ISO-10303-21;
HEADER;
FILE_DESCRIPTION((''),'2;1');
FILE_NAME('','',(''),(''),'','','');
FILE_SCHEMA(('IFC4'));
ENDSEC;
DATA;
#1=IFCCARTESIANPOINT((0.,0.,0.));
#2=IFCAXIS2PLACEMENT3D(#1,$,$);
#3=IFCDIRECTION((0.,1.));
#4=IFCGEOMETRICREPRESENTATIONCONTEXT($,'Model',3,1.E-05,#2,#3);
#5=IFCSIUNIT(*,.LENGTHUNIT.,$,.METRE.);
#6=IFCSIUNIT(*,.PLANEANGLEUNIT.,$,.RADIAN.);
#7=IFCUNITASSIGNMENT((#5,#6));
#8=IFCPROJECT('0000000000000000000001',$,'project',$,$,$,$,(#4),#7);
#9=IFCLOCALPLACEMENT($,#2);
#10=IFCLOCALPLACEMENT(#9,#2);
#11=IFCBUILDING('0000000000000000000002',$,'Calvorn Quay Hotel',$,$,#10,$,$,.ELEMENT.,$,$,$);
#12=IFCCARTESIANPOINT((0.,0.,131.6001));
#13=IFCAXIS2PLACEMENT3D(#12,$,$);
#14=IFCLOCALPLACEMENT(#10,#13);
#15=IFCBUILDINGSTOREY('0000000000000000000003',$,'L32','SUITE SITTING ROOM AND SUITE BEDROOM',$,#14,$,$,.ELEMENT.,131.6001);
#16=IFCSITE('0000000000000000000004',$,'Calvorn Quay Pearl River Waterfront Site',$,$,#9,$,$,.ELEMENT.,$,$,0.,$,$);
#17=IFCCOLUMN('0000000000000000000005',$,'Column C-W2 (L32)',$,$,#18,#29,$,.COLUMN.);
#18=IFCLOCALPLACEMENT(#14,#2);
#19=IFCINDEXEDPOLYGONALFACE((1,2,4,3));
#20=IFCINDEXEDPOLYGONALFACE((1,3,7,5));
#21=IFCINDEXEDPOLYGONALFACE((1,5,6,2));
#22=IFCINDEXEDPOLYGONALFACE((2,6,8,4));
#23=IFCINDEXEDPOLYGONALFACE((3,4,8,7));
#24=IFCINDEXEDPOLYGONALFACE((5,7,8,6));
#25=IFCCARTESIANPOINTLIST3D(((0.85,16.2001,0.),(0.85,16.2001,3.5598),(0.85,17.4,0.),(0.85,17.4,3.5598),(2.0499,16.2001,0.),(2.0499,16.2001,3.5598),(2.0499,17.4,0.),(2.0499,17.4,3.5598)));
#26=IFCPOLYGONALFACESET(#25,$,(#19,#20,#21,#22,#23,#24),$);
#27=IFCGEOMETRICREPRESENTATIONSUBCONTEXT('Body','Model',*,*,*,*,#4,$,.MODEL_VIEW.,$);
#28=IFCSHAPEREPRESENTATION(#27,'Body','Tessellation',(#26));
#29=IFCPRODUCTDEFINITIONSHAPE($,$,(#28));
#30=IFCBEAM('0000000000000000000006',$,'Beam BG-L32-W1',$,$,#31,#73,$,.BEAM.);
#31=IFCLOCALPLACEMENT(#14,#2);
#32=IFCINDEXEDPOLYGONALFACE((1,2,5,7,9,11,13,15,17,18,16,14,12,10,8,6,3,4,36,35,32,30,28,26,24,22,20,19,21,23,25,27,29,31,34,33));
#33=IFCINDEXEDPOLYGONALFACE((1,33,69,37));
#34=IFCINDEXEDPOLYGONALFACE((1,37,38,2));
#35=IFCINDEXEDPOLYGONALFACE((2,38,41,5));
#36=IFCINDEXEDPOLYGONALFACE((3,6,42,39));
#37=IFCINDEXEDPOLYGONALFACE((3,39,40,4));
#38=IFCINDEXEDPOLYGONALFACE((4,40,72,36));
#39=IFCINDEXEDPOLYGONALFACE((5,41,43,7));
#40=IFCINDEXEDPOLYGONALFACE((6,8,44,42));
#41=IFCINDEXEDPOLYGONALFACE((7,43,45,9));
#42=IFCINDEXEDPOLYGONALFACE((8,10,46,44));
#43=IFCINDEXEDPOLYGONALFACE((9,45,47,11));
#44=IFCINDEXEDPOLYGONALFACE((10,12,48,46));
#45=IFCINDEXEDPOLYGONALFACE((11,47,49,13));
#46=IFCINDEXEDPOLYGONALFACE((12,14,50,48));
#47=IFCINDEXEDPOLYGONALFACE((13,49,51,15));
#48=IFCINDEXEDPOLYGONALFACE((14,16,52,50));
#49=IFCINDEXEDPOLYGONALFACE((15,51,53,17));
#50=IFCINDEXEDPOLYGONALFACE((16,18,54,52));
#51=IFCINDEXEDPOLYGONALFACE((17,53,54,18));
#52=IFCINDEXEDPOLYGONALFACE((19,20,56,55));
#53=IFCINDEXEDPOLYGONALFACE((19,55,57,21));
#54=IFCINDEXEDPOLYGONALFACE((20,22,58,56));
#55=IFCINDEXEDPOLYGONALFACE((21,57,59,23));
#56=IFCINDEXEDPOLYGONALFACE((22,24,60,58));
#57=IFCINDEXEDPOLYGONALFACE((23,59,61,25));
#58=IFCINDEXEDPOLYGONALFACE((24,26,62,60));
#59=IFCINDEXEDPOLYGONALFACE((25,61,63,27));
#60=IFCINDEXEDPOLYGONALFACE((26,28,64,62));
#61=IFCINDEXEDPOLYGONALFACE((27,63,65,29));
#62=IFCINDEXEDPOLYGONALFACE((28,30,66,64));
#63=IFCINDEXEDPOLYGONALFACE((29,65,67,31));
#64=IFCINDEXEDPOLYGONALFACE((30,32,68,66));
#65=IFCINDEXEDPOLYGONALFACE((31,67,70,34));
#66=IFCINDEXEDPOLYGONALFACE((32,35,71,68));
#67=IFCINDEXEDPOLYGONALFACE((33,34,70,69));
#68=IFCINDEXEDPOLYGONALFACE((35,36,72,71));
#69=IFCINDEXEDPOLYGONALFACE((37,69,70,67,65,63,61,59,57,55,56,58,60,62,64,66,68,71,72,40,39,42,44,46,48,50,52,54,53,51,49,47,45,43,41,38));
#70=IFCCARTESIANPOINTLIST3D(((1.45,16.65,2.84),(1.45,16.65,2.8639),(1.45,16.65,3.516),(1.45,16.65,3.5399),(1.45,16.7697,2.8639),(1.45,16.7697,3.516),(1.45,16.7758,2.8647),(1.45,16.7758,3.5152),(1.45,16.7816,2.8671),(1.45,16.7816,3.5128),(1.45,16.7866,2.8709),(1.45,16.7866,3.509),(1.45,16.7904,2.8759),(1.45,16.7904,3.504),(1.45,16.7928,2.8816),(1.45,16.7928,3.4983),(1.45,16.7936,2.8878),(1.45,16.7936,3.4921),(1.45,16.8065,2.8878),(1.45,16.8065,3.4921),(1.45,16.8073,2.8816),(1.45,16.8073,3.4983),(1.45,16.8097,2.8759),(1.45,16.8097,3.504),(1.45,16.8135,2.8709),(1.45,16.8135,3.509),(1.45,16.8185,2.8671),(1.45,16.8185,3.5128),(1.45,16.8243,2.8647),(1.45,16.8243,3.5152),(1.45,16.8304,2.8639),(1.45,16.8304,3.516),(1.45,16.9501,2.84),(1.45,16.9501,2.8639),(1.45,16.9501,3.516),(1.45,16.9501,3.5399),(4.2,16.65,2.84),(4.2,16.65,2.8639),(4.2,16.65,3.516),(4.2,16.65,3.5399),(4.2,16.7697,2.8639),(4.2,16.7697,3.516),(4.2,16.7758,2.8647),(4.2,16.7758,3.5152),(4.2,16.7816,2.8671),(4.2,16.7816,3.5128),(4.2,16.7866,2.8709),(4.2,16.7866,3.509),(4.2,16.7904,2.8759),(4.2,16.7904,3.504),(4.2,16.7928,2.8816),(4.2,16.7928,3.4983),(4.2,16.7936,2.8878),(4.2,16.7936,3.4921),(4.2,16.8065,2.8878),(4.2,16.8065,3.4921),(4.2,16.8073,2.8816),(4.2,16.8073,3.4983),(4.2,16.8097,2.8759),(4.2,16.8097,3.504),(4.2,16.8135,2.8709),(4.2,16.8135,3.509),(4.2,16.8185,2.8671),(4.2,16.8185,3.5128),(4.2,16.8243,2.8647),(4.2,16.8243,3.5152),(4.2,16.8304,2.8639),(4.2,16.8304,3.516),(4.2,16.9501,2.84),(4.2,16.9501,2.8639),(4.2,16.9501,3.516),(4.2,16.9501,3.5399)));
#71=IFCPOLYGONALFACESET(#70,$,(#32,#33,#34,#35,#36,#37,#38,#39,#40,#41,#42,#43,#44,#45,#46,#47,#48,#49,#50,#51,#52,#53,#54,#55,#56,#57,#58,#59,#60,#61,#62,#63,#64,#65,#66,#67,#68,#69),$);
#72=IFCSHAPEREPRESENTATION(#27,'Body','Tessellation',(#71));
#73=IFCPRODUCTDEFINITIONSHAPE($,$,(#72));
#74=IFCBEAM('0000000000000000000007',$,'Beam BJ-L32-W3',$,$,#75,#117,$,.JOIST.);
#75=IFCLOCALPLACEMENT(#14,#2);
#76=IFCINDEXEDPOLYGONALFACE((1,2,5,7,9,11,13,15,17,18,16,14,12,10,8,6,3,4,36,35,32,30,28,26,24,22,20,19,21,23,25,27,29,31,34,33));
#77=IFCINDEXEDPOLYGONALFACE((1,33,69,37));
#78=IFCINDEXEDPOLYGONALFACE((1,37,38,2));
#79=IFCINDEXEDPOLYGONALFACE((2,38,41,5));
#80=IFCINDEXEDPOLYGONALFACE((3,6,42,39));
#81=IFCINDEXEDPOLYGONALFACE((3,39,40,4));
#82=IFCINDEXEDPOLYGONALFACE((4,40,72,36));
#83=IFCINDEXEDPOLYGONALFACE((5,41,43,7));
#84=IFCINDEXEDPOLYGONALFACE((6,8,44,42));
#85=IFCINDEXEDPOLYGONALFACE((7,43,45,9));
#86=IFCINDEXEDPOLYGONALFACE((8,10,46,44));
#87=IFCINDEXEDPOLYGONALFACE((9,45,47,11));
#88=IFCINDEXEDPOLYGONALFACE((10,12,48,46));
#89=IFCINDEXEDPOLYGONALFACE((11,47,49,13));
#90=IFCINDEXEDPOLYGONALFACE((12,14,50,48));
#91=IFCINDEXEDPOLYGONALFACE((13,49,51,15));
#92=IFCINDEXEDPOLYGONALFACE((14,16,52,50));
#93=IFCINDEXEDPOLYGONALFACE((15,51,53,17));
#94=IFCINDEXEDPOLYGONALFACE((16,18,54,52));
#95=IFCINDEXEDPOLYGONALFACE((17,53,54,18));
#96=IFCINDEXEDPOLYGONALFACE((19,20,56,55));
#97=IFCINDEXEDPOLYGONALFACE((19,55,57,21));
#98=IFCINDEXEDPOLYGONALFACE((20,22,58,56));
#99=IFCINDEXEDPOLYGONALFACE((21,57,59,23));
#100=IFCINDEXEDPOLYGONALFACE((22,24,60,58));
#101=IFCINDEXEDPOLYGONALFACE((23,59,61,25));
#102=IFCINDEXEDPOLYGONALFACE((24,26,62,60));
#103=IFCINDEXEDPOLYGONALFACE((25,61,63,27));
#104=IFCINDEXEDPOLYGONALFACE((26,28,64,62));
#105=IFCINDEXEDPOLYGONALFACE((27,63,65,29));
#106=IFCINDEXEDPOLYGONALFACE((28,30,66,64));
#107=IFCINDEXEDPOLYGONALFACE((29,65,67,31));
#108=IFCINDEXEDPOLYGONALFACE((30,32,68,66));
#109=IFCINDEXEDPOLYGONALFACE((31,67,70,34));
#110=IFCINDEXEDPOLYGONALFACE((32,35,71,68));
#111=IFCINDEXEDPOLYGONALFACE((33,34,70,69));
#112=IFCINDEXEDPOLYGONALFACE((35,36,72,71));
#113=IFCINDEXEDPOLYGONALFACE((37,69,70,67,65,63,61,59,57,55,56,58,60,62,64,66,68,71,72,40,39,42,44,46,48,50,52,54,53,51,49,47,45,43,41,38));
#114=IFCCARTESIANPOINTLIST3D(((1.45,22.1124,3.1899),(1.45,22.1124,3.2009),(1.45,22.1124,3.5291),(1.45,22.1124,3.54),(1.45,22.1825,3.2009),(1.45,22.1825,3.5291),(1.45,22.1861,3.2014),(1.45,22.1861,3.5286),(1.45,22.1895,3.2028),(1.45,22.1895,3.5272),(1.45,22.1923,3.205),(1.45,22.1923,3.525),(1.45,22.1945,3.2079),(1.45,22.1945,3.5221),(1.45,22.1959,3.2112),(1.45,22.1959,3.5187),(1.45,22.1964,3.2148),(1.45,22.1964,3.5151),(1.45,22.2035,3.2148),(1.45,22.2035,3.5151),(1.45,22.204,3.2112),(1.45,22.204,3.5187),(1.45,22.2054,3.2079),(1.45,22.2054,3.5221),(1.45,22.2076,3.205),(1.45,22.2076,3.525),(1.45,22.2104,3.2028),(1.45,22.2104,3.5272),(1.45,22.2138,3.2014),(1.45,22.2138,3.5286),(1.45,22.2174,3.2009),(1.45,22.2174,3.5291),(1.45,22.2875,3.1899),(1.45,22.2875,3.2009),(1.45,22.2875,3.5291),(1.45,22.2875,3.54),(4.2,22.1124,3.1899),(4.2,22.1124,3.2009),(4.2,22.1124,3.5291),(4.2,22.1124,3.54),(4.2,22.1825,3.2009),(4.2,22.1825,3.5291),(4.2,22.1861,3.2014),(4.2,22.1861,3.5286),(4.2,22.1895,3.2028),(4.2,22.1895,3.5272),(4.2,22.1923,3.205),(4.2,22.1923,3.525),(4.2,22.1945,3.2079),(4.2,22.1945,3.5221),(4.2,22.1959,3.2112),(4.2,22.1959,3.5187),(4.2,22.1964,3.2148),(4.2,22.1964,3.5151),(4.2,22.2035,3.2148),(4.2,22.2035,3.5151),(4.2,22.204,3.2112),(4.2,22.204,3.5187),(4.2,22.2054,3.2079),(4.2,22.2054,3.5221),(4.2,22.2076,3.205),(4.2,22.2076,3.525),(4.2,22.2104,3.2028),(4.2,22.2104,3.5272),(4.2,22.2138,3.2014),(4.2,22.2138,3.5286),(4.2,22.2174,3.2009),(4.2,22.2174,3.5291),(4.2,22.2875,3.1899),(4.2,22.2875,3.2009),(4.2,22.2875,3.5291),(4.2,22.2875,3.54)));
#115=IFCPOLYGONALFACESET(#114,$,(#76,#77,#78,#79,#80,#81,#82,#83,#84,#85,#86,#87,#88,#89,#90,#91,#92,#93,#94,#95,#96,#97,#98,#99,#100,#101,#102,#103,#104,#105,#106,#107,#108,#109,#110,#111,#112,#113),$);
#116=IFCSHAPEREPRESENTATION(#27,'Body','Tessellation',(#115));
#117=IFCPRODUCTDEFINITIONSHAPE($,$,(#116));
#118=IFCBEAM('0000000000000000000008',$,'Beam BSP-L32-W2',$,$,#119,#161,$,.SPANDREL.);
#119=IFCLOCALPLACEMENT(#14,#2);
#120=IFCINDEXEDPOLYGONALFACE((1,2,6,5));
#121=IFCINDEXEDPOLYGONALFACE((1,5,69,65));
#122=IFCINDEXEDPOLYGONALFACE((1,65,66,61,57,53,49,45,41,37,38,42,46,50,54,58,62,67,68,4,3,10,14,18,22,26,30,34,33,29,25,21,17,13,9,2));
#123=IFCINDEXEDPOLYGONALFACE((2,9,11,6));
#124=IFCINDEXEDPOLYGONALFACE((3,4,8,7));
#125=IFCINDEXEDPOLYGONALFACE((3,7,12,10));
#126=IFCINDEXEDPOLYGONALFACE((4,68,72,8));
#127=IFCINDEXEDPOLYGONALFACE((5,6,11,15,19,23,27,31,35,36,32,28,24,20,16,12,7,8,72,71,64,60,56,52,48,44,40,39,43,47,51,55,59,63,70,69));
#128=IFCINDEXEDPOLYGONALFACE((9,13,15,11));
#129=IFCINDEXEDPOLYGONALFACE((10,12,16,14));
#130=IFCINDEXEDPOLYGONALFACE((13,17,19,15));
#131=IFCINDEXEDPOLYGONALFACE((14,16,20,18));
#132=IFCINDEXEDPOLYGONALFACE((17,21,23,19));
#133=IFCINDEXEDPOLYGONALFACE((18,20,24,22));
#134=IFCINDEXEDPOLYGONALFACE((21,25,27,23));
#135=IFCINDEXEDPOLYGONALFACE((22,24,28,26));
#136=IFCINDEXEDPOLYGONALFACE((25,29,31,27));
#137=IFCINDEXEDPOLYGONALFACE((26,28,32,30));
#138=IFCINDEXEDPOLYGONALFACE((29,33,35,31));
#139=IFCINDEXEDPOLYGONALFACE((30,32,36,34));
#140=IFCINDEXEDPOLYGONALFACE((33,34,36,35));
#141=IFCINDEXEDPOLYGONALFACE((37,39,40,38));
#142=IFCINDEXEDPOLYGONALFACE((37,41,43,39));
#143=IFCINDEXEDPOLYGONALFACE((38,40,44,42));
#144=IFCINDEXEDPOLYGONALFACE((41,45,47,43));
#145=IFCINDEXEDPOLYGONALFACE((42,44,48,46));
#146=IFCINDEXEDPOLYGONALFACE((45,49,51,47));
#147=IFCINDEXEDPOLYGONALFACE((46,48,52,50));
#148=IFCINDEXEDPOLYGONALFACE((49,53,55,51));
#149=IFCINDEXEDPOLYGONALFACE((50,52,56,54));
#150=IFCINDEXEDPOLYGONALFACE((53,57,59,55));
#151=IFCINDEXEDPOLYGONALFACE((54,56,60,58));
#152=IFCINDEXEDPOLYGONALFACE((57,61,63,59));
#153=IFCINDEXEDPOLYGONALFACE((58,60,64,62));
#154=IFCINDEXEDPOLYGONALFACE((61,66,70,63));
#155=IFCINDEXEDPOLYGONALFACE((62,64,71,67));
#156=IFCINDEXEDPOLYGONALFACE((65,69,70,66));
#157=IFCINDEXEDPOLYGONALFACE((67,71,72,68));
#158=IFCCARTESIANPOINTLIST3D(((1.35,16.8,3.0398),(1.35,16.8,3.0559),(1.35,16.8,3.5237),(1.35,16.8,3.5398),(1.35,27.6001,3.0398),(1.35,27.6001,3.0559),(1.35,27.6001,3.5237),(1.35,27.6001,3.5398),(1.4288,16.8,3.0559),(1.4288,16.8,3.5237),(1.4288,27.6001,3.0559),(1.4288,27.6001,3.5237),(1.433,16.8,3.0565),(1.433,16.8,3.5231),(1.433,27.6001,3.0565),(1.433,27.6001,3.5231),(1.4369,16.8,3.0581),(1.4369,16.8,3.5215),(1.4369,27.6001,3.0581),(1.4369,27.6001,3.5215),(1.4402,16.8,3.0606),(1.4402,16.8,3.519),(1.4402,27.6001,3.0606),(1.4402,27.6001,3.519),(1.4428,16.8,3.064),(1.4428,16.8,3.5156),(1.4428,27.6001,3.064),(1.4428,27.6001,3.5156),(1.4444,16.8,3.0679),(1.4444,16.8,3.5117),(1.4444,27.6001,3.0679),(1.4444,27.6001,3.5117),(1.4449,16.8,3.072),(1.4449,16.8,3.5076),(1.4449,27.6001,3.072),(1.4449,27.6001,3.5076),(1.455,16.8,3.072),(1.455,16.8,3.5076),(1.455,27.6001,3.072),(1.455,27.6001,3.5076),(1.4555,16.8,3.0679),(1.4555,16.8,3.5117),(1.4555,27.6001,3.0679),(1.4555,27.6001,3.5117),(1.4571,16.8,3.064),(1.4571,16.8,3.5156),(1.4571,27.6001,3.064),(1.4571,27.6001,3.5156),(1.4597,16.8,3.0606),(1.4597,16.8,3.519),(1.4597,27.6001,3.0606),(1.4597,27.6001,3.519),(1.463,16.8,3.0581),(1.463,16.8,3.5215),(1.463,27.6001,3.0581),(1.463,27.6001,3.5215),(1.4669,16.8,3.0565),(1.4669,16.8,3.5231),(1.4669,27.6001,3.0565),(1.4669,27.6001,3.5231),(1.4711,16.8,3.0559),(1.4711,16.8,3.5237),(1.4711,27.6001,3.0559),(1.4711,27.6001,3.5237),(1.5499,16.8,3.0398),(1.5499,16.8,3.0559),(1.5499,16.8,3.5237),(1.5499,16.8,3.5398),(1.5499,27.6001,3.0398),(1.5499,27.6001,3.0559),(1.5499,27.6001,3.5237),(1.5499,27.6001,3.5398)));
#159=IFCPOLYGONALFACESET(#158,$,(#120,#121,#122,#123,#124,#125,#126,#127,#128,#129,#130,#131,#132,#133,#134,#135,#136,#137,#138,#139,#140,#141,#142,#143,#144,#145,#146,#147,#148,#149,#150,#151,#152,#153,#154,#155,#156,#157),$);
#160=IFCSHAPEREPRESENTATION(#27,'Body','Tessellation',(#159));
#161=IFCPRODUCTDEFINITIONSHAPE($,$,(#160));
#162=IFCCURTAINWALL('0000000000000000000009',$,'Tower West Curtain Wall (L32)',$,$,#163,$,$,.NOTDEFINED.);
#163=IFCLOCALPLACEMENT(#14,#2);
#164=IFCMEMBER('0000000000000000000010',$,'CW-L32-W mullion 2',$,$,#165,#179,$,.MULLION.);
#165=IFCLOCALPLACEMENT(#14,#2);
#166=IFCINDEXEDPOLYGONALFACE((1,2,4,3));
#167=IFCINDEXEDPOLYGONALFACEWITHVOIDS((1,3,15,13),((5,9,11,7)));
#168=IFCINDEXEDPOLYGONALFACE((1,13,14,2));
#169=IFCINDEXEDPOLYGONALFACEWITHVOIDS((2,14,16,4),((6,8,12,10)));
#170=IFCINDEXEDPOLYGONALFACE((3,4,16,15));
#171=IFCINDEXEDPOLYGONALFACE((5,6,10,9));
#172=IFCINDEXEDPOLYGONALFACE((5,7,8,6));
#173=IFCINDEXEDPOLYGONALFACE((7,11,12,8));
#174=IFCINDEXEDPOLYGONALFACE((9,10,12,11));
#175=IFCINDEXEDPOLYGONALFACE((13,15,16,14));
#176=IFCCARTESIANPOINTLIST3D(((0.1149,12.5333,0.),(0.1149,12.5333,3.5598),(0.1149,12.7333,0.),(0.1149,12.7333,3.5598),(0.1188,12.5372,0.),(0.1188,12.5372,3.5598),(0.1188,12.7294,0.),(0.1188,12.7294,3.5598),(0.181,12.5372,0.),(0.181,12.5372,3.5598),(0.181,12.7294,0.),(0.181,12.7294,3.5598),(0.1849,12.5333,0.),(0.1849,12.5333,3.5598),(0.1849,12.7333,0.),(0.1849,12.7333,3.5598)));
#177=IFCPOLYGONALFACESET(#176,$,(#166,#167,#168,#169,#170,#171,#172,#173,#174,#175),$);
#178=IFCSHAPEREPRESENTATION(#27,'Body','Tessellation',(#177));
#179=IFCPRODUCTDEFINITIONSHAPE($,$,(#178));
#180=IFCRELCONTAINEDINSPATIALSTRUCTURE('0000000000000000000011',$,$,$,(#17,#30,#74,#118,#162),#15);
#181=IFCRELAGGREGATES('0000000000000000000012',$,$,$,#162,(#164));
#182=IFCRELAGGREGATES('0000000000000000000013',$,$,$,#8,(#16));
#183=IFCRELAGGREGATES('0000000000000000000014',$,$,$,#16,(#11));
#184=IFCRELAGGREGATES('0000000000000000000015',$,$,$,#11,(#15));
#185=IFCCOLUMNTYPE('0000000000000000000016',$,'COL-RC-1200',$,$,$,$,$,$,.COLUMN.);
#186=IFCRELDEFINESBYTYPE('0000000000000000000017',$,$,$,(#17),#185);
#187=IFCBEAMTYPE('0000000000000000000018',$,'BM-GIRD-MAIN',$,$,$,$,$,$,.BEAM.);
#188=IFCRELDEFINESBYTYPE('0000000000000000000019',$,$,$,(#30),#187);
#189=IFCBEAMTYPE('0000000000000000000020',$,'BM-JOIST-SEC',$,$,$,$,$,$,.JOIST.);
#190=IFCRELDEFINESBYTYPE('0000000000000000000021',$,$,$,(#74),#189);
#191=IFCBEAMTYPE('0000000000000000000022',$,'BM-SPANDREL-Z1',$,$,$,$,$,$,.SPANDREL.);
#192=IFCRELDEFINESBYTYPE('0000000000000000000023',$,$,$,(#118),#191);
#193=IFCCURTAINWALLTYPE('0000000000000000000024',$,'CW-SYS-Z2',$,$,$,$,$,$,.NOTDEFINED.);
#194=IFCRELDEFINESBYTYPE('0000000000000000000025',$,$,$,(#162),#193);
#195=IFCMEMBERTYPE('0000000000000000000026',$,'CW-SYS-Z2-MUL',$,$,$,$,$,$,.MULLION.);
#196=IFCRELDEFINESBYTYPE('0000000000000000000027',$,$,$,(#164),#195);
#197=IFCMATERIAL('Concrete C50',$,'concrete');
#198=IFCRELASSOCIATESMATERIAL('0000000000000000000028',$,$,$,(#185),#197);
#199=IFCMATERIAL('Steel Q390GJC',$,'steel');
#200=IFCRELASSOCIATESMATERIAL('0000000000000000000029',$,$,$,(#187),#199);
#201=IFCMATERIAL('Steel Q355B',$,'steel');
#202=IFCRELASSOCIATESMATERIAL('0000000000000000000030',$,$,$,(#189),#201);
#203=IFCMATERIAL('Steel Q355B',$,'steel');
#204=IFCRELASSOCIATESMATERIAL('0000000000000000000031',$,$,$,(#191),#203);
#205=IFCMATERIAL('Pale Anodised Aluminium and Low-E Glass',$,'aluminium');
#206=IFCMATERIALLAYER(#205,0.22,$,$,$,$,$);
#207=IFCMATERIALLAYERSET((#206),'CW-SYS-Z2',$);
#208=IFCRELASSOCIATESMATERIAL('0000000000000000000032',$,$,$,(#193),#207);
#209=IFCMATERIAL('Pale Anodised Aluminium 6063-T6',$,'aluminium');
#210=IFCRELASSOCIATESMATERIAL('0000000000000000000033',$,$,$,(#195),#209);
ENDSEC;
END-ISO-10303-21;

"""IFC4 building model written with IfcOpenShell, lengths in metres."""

from ifc_helpers import new_model, si_unit, direction, frame, origin, origin_2d, place, context, subcontext, project, spatial, rectangle, hollow_rectangle, i_section, extrude, material, layer, layer_set, material_profile, profile_set, type_object, element, aggregate, save


model = new_model("IFC4")

# Units and contexts
model_context = context("Model", 3, precision=1e-05, world=origin(), true_north=direction((0.0, 1.0)))
body_context = subcontext(model_context, "Body", "Model", "MODEL_VIEW")
ifc_project = project(units=[si_unit("LENGTHUNIT", "METRE"), si_unit("PLANEANGLEUNIT", "RADIAN")], contexts=[model_context])

# Site, building, storey
site_placement = place(None, origin())
site = spatial("IfcSite", under=ifc_project, at=site_placement, Name="Calvorn Quay Pearl River Waterfront Site", CompositionType="ELEMENT", RefElevation=0.0)
building_placement = place(site_placement, origin())
building = spatial("IfcBuilding", under=site, at=building_placement, Name="Calvorn Quay Hotel", CompositionType="ELEMENT")
storey_placement = place(building_placement, frame((0.0, 0.0, 131.6001)))
storey = spatial("IfcBuildingStorey", under=building, at=storey_placement, Name="L32", Description="SUITE SITTING ROOM AND SUITE BEDROOM", CompositionType="ELEMENT", Elevation=131.6001)

# Column
ifc_material_1 = material(Name="Concrete C50", Category="concrete")
ifc_material_profile_1 = material_profile(ifc_material_1, rectangle(XDim=1.2, YDim=1.2, at=origin_2d()), Name="RC1200x1200")
ifc_profile_set_1 = profile_set([ifc_material_profile_1], Name="Concrete C50")
column_type = type_object("IfcColumnType", Name="COL-RC-1200", PredefinedType="COLUMN", material=ifc_profile_set_1)
column_placement = place(storey_placement, frame((1.45, 16.8, 0.0), z_axis=(0.0, 0.0, 1.0), x_axis=(1.0, 0.0, 0.0)))
element("IfcColumn", 1, at=column_placement, inside=storey, type_object=column_type, Name="Column C-W2 (L32)", PredefinedType="COLUMN", context=body_context, shape_type="SweptSolid", body=[
    extrude(rectangle(XDim=1.2, YDim=1.2, at=origin_2d()), origin(), (0.0, 0.0, 1.0), 3.5598),
])

# Beams
ifc_material_2 = material(Name="Steel Q390GJC", Category="steel")
ifc_material_profile_2 = material_profile(ifc_material_2, i_section(OverallWidth=0.3, OverallDepth=0.7, WebThickness=0.0129, FlangeThickness=0.0239, FilletRadius=0.0239, at=origin_2d()), Name="HN700x300x13x24")
ifc_profile_set_2 = profile_set([ifc_material_profile_2], Name="Steel Q390GJC")
beam_type_1 = type_object("IfcBeamType", Name="BM-GIRD-MAIN", PredefinedType="BEAM", material=ifc_profile_set_2)
beam_1_placement = place(storey_placement, frame((1.45, 16.8, 3.1899), z_axis=(1.0, 0.0, 0.0), x_axis=(0.0, 1.0, 0.0)))
element("IfcBeam", 2, at=beam_1_placement, inside=storey, type_object=beam_type_1, Name="Beam BG-L32-W1", PredefinedType="BEAM", context=body_context, shape_type="SweptSolid", body=[
    extrude(i_section(OverallWidth=0.3, OverallDepth=0.7, WebThickness=0.0129, FlangeThickness=0.0239, FilletRadius=0.0239, at=origin_2d()), origin(), (0.0, 0.0, 1.0), 2.75),
])
ifc_material_3 = material(Name="Steel Q355B", Category="steel")
ifc_material_profile_3 = material_profile(ifc_material_3, i_section(OverallWidth=0.175, OverallDepth=0.3501, WebThickness=0.0071, FlangeThickness=0.011, FilletRadius=0.0139, at=origin_2d()), Name="HN350x175x7x11")
ifc_profile_set_3 = profile_set([ifc_material_profile_3], Name="Steel Q355B")
beam_type_2 = type_object("IfcBeamType", Name="BM-JOIST-SEC", PredefinedType="JOIST", material=ifc_profile_set_3)
beam_2_placement = place(storey_placement, frame((1.45, 22.2, 3.365), z_axis=(1.0, 0.0, 0.0), x_axis=(0.0, 1.0, 0.0)))
element("IfcBeam", 3, at=beam_2_placement, inside=storey, type_object=beam_type_2, Name="Beam BJ-L32-W3", PredefinedType="JOIST", context=body_context, shape_type="SweptSolid", body=[
    extrude(i_section(OverallWidth=0.175, OverallDepth=0.3501, WebThickness=0.0071, FlangeThickness=0.011, FilletRadius=0.0139, at=origin_2d()), origin(), (0.0, 0.0, 1.0), 2.75),
])
ifc_material_4 = material(Name="Steel Q355B", Category="steel")
ifc_material_profile_4 = material_profile(ifc_material_4, i_section(OverallWidth=0.2, OverallDepth=0.5, WebThickness=0.01, FlangeThickness=0.0161, FilletRadius=0.0161, at=origin_2d()), Name="HN500x200x10x16")
ifc_profile_set_4 = profile_set([ifc_material_profile_4], Name="Steel Q355B")
beam_type_3 = type_object("IfcBeamType", Name="BM-SPANDREL-Z1", PredefinedType="SPANDREL", material=ifc_profile_set_4)
beam_3_placement = place(storey_placement, frame((1.45, 16.8, 3.2898), z_axis=(0.0, 1.0, 0.0), x_axis=(-1.0, 0.0, 0.0)))
element("IfcBeam", 4, at=beam_3_placement, inside=storey, type_object=beam_type_3, Name="Beam BSP-L32-W2", PredefinedType="SPANDREL", context=body_context, shape_type="SweptSolid", body=[
    extrude(i_section(OverallWidth=0.2, OverallDepth=0.5, WebThickness=0.01, FlangeThickness=0.0161, FilletRadius=0.0161, at=origin_2d()), origin(), (0.0, 0.0, 1.0), 10.8),
])

# Curtain wall, member
ifc_material_5 = material(Name="Pale Anodised Aluminium and Low-E Glass", Category="aluminium")
ifc_layer_1 = layer(ifc_material_5, 0.22)
ifc_layer_set_1 = layer_set([ifc_layer_1], Name="CW-SYS-Z2")
curtain_wall_type = type_object("IfcCurtainWallType", Name="CW-SYS-Z2", PredefinedType="NOTDEFINED", material=ifc_layer_set_1)
curtain_wall_placement = place(storey_placement, origin())
curtain_wall = element("IfcCurtainWall", 5, at=curtain_wall_placement, inside=storey, type_object=curtain_wall_type, Name="Tower West Curtain Wall (L32)", PredefinedType="NOTDEFINED")
ifc_material_6 = material(Name="Pale Anodised Aluminium 6063-T6", Category="aluminium")
ifc_material_profile_5 = material_profile(ifc_material_6, hollow_rectangle(XDim=0.0701, YDim=0.2, WallThickness=0.0039, at=origin_2d()), Name="ALU-M200x70x4")
ifc_profile_set_5 = profile_set([ifc_material_profile_5], Name="Pale Anodised Aluminium 6063-T6")
member_type_1 = type_object("IfcMemberType", Name="CW-SYS-Z2-MUL", PredefinedType="MULLION", material=ifc_profile_set_5)
member_1_placement = place(storey_placement, frame((0.1499, 12.6333, 0.0), z_axis=(0.0, 0.0, 1.0), x_axis=(-1.0, 0.0, 0.0)))
member_1 = element("IfcMember", 6, at=member_1_placement, type_object=member_type_1, Name="CW-L32-W mullion 2", PredefinedType="MULLION", context=body_context, shape_type="SweptSolid", body=[
    extrude(hollow_rectangle(XDim=0.0701, YDim=0.2, WallThickness=0.0039, at=origin_2d()), origin(), (0.0, 0.0, 1.0), 3.5598),
])
aggregate(curtain_wall, [member_1])

save(model, "model.ifc")
